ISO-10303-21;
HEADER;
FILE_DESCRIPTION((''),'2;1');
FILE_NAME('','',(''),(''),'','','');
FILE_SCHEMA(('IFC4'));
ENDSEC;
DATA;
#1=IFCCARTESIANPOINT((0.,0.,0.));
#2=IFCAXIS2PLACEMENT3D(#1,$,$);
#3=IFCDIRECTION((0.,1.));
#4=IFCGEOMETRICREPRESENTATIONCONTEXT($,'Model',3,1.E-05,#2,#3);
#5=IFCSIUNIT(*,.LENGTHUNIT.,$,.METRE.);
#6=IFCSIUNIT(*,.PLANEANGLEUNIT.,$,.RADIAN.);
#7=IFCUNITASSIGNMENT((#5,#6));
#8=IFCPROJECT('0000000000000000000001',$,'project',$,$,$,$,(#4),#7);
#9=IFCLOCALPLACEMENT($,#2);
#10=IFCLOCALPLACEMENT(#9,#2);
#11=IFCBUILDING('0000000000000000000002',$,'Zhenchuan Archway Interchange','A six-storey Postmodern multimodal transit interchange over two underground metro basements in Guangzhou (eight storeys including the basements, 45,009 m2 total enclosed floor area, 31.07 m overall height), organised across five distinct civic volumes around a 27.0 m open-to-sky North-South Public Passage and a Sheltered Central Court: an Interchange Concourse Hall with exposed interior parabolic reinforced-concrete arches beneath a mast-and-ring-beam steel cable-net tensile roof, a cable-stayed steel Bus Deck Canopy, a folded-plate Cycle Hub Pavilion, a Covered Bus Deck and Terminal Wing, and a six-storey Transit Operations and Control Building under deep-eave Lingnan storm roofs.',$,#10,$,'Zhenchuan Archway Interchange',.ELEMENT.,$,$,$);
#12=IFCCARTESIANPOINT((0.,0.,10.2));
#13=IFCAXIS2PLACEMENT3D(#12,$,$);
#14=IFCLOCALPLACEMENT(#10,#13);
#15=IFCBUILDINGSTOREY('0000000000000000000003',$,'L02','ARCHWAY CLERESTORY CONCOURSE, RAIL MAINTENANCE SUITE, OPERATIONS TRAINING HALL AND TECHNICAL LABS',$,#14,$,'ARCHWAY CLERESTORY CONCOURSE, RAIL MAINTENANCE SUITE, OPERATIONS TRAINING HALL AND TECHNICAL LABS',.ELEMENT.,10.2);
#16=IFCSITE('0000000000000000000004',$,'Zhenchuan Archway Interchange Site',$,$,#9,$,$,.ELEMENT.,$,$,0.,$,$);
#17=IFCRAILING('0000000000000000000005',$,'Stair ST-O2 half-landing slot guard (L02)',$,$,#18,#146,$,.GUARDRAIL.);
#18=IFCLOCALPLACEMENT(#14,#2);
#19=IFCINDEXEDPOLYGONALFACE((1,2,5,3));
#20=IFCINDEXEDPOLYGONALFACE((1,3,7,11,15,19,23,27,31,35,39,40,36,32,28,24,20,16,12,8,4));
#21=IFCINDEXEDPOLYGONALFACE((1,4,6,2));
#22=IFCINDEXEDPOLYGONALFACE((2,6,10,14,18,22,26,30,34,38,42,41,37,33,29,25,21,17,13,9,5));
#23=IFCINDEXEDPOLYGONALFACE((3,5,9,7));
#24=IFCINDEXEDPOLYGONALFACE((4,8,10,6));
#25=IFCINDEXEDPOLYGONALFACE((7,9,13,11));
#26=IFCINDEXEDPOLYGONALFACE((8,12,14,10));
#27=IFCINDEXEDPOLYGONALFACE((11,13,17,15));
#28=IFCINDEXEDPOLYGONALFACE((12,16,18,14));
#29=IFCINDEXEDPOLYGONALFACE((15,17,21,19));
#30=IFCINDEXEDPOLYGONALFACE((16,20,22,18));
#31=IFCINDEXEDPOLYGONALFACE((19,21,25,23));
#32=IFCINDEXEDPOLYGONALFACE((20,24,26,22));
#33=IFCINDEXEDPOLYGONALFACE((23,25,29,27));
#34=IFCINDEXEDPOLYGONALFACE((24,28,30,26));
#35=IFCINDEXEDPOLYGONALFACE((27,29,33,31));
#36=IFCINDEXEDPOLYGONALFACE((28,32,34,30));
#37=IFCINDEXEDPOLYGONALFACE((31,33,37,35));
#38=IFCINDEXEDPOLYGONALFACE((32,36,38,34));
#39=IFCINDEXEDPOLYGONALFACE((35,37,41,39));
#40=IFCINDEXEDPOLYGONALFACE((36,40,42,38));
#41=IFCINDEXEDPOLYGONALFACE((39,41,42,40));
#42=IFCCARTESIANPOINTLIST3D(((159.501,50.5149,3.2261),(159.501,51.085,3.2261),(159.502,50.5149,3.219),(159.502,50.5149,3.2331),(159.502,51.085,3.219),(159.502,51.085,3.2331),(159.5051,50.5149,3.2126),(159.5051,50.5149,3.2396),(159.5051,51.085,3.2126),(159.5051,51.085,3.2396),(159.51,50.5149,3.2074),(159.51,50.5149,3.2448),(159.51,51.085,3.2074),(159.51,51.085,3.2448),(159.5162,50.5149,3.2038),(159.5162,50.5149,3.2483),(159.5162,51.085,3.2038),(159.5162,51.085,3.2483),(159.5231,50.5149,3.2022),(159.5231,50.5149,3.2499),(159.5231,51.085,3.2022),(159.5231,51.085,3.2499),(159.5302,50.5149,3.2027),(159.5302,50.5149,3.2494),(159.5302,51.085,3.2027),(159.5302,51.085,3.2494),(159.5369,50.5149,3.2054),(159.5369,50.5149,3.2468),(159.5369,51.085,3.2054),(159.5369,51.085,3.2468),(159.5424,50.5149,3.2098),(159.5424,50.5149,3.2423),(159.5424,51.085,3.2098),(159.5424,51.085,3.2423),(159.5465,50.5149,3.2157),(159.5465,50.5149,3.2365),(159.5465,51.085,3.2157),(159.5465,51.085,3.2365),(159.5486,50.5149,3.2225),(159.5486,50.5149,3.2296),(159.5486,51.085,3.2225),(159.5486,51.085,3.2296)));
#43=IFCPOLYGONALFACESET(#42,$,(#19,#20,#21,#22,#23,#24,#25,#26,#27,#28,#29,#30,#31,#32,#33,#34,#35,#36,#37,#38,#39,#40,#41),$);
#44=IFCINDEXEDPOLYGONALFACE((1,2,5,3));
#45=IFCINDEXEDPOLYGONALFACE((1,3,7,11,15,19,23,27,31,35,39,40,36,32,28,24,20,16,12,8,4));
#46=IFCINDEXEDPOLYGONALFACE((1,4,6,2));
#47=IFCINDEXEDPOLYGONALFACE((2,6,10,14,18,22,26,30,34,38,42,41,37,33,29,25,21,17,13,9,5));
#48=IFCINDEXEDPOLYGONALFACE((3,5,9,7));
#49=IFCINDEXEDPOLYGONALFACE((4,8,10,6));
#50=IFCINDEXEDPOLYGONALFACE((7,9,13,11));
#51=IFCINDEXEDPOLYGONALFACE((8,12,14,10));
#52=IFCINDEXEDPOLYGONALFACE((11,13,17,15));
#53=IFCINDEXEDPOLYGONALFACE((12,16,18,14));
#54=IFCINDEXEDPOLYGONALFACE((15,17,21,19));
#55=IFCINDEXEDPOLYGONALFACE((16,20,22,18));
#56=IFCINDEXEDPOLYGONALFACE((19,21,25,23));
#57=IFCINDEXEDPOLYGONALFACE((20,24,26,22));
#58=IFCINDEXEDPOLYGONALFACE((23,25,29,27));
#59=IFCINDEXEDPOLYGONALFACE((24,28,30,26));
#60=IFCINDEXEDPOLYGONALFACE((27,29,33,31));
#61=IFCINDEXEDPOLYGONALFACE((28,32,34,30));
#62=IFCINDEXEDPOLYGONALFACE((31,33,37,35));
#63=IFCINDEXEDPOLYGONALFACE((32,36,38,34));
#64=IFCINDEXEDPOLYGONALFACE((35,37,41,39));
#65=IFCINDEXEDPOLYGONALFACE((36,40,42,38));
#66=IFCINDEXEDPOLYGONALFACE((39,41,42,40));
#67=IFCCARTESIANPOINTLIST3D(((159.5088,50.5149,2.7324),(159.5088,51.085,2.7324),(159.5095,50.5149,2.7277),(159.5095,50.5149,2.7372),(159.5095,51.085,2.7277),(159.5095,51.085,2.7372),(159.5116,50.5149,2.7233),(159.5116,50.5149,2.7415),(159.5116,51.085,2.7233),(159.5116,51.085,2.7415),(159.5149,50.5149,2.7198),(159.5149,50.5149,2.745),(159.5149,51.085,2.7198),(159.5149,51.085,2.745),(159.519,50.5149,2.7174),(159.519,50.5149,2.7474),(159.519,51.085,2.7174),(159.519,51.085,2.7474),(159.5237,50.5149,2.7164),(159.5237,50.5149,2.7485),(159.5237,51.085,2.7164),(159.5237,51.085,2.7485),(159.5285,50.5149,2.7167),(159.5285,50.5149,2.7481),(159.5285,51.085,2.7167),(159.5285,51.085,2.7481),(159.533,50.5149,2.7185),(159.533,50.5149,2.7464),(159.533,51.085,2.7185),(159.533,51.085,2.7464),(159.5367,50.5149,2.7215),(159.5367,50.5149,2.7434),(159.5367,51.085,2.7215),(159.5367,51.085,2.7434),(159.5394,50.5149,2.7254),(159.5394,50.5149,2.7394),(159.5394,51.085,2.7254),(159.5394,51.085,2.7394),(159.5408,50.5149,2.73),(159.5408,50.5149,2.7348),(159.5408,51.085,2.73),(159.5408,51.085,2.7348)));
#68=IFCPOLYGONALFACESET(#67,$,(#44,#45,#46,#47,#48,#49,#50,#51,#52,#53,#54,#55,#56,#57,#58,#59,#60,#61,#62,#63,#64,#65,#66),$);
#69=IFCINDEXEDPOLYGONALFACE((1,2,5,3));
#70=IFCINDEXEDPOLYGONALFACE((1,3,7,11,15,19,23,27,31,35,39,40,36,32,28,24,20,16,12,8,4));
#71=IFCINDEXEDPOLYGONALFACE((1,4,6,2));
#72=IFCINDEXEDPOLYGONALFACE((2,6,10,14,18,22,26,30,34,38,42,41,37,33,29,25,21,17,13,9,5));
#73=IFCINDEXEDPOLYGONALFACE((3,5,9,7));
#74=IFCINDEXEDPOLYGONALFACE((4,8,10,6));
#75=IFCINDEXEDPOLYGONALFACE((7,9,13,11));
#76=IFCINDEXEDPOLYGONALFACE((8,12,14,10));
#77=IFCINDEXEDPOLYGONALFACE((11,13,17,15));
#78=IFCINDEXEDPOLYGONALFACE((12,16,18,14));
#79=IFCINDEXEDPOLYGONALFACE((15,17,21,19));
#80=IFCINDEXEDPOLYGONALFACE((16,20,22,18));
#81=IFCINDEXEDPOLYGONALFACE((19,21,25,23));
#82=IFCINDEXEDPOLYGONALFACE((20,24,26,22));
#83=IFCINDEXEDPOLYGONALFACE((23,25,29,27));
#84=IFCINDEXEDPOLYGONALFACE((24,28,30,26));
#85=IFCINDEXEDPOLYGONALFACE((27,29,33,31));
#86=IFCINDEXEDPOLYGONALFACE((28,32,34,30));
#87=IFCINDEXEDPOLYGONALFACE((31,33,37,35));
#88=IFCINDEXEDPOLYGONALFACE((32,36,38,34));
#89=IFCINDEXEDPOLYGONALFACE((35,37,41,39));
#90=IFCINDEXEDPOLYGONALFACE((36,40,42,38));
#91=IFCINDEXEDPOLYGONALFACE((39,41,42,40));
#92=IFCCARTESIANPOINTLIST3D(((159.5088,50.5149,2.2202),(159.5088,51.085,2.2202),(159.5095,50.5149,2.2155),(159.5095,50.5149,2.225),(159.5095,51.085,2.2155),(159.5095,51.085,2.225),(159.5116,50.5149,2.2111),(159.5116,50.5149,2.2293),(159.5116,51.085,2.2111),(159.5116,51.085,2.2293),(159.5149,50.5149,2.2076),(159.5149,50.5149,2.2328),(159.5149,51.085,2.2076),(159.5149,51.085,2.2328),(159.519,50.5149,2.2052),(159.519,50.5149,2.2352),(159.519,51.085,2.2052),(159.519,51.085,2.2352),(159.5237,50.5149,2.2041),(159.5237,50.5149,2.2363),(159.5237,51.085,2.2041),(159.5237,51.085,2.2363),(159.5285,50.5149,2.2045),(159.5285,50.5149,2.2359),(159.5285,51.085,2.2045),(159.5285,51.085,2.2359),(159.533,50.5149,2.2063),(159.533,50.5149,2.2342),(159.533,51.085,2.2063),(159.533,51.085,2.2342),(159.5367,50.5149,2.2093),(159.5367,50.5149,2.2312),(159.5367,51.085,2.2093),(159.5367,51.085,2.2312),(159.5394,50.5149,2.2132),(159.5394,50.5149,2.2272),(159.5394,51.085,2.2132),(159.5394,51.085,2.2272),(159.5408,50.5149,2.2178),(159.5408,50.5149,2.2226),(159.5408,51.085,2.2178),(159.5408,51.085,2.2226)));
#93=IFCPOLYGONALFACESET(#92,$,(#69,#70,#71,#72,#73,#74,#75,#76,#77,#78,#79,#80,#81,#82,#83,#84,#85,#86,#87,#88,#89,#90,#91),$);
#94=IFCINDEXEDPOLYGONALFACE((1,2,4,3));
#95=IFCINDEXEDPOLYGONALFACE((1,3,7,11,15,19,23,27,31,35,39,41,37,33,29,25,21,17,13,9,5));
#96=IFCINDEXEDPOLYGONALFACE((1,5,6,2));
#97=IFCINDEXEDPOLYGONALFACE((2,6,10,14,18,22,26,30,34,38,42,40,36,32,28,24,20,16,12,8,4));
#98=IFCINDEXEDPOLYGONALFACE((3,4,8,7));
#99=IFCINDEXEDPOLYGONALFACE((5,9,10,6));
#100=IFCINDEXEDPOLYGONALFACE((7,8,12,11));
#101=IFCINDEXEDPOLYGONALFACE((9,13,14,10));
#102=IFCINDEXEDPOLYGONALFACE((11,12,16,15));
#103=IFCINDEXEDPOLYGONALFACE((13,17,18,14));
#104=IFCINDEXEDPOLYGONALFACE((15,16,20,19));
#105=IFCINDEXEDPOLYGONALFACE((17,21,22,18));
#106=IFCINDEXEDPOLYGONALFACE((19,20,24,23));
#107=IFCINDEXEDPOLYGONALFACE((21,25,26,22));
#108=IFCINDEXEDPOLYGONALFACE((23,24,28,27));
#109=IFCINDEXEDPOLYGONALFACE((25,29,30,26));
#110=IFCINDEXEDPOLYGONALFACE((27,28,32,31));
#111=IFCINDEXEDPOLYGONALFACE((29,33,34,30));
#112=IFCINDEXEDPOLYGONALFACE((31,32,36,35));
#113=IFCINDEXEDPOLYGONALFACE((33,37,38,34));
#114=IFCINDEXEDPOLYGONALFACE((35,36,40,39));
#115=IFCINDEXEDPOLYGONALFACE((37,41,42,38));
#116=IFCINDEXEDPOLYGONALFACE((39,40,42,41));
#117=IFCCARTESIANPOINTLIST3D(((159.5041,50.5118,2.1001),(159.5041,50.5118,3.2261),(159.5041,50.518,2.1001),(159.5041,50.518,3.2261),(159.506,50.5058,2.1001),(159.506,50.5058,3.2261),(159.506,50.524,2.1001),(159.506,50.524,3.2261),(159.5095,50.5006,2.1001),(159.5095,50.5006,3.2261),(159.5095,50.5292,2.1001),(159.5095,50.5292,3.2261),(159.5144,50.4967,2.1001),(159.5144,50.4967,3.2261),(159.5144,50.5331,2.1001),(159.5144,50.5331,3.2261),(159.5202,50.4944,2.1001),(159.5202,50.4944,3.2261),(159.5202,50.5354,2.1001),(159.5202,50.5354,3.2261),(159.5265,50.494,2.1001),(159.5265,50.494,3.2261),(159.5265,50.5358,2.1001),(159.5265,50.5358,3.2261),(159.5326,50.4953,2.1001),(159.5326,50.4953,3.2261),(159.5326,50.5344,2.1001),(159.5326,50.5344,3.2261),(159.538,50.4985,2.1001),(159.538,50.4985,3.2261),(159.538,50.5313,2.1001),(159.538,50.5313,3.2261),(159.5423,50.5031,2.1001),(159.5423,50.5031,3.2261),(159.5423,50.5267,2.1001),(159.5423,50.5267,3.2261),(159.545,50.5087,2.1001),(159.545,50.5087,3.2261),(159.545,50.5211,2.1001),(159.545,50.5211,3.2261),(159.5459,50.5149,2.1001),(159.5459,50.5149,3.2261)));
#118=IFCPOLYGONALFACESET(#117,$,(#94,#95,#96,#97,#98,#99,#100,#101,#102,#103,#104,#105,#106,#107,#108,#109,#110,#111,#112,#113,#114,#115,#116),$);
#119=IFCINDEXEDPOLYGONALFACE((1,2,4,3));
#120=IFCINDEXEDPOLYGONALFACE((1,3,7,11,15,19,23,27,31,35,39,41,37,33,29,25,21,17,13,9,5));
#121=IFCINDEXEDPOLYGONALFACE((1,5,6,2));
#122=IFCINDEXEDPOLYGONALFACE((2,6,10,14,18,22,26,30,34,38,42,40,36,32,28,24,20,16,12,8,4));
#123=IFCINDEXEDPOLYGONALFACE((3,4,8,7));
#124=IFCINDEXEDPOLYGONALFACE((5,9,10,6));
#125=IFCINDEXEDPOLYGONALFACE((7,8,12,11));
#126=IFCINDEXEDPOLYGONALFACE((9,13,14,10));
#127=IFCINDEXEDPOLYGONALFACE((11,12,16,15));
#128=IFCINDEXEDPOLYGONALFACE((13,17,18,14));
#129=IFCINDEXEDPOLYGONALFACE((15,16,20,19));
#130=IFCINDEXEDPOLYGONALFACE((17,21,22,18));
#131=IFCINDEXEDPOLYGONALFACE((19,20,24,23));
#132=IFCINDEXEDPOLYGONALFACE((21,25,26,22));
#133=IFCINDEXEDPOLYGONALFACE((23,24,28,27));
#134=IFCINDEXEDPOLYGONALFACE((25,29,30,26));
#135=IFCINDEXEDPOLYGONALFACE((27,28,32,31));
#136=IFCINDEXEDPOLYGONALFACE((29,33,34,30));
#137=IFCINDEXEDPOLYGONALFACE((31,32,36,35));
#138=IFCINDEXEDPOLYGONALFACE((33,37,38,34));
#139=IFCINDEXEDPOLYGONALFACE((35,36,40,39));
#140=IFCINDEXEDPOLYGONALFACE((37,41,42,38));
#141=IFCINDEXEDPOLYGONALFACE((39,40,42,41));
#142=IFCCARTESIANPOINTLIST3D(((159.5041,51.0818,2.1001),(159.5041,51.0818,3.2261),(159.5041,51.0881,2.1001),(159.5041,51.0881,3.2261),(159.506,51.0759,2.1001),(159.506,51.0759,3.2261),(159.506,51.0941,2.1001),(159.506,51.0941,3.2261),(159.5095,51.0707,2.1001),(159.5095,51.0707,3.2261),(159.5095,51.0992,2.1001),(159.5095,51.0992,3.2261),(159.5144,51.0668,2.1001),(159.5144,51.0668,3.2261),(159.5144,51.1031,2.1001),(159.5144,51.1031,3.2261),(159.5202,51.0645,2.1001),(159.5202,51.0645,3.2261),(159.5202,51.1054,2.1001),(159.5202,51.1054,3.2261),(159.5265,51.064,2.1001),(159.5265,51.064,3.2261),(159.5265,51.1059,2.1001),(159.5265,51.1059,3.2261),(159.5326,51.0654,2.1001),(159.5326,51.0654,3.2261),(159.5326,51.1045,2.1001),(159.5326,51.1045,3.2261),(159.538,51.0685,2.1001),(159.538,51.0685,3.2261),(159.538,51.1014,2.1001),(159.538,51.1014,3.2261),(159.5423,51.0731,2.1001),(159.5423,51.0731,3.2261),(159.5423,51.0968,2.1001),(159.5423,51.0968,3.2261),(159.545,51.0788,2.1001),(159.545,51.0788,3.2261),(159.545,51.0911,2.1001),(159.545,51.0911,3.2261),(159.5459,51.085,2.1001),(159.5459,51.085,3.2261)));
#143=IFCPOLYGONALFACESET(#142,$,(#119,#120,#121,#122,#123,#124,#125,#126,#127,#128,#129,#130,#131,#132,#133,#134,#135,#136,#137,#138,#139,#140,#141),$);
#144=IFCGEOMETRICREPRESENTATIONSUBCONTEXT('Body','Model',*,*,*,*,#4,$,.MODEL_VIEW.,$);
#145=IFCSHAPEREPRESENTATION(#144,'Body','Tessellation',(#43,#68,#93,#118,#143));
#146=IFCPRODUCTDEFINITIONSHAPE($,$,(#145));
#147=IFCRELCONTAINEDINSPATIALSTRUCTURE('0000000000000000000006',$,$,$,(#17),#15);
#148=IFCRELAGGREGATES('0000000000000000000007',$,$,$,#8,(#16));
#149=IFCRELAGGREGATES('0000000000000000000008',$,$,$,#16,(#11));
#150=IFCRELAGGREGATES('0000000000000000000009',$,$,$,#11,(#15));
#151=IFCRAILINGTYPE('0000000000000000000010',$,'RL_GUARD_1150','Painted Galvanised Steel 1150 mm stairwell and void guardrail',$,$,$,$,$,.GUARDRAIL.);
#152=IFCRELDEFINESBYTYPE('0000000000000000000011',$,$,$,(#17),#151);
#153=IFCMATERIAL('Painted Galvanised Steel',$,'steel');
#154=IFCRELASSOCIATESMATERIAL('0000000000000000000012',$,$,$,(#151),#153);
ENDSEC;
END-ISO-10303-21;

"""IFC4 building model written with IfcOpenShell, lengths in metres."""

from ifc_helpers import new_model, si_unit, direction, frame, origin, origin_2d, place, context, subcontext, project, spatial, circle, extrude, material, type_object, element, save


model = new_model("IFC4")

# Units and contexts
model_context = context("Model", 3, precision=1e-05, world=origin(), true_north=direction((0.0, 1.0)))
body_context = subcontext(model_context, "Body", "Model", "MODEL_VIEW")
ifc_project = project(units=[si_unit("LENGTHUNIT", "METRE"), si_unit("PLANEANGLEUNIT", "RADIAN")], contexts=[model_context])

# Site, building, storey
site_placement = place(None, origin())
site = spatial("IfcSite", under=ifc_project, at=site_placement, Name="Zhenchuan Archway Interchange Site", CompositionType="ELEMENT", RefElevation=0.0)
building_placement = place(site_placement, origin())
building = spatial("IfcBuilding", under=site, at=building_placement, Name="Zhenchuan Archway Interchange", Description="A six-storey Postmodern multimodal transit interchange over two underground metro basements in Guangzhou (eight storeys including the basements, 45,009 m2 total enclosed floor area, 31.07 m overall height), organised across five distinct civic volumes around a 27.0 m open-to-sky North-South Public Passage and a Sheltered Central Court: an Interchange Concourse Hall with exposed interior parabolic reinforced-concrete arches beneath a mast-and-ring-beam steel cable-net tensile roof, a cable-stayed steel Bus Deck Canopy, a folded-plate Cycle Hub Pavilion, a Covered Bus Deck and Terminal Wing, and a six-storey Transit Operations and Control Building under deep-eave Lingnan storm roofs.", LongName="Zhenchuan Archway Interchange", CompositionType="ELEMENT")
storey_placement = place(building_placement, frame((0.0, 0.0, 10.2)))
storey = spatial("IfcBuildingStorey", under=building, at=storey_placement, Name="L02", Description="ARCHWAY CLERESTORY CONCOURSE, RAIL MAINTENANCE SUITE, OPERATIONS TRAINING HALL AND TECHNICAL LABS", LongName="ARCHWAY CLERESTORY CONCOURSE, RAIL MAINTENANCE SUITE, OPERATIONS TRAINING HALL AND TECHNICAL LABS", CompositionType="ELEMENT", Elevation=10.2)

# Railing
ifc_material_1 = material(Name="Painted Galvanised Steel", Category="steel")
railing_type_1 = type_object("IfcRailingType", Name="RL_GUARD_1150", Description="Painted Galvanised Steel 1150 mm stairwell and void guardrail", PredefinedType="GUARDRAIL", material=ifc_material_1)
for number, where, name in (
    (1, (159.5249, 50.5149, 2.1001), "Stair ST-O2 half-landing slot guard (L02)"),
):
    element("IfcRailing", number, at=place(storey_placement, frame(where)), inside=storey, type_object=railing_type_1, Name=name, PredefinedType="GUARDRAIL", context=body_context, shape_type="SweptSolid", body=[
        extrude(circle(Radius=0.0239, at=origin_2d()), frame((0.0, 0.0, 1.126), z_axis=(0.0, 1.0, 0.0), x_axis=(-1.0, 0.0, 0.0)), (0.0, 0.0, 1.0), 0.5701),
        extrude(circle(Radius=0.0161, at=origin_2d()), frame((0.0, 0.0, 0.6323), z_axis=(0.0, 1.0, 0.0), x_axis=(-1.0, 0.0, 0.0)), (0.0, 0.0, 1.0), 0.5701),
        extrude(circle(Radius=0.0161, at=origin_2d()), frame((0.0, 0.0, 0.1201), z_axis=(0.0, 1.0, 0.0), x_axis=(-1.0, 0.0, 0.0)), (0.0, 0.0, 1.0), 0.5701),
        extrude(circle(Radius=0.021, at=origin_2d()), origin(), (0.0, 0.0, 1.0), 1.126),
        extrude(circle(Radius=0.021, at=origin_2d()), frame((0.0, 0.5701, 0.0)), (0.0, 0.0, 1.0), 1.126),
    ])

save(model, "model.ifc")
